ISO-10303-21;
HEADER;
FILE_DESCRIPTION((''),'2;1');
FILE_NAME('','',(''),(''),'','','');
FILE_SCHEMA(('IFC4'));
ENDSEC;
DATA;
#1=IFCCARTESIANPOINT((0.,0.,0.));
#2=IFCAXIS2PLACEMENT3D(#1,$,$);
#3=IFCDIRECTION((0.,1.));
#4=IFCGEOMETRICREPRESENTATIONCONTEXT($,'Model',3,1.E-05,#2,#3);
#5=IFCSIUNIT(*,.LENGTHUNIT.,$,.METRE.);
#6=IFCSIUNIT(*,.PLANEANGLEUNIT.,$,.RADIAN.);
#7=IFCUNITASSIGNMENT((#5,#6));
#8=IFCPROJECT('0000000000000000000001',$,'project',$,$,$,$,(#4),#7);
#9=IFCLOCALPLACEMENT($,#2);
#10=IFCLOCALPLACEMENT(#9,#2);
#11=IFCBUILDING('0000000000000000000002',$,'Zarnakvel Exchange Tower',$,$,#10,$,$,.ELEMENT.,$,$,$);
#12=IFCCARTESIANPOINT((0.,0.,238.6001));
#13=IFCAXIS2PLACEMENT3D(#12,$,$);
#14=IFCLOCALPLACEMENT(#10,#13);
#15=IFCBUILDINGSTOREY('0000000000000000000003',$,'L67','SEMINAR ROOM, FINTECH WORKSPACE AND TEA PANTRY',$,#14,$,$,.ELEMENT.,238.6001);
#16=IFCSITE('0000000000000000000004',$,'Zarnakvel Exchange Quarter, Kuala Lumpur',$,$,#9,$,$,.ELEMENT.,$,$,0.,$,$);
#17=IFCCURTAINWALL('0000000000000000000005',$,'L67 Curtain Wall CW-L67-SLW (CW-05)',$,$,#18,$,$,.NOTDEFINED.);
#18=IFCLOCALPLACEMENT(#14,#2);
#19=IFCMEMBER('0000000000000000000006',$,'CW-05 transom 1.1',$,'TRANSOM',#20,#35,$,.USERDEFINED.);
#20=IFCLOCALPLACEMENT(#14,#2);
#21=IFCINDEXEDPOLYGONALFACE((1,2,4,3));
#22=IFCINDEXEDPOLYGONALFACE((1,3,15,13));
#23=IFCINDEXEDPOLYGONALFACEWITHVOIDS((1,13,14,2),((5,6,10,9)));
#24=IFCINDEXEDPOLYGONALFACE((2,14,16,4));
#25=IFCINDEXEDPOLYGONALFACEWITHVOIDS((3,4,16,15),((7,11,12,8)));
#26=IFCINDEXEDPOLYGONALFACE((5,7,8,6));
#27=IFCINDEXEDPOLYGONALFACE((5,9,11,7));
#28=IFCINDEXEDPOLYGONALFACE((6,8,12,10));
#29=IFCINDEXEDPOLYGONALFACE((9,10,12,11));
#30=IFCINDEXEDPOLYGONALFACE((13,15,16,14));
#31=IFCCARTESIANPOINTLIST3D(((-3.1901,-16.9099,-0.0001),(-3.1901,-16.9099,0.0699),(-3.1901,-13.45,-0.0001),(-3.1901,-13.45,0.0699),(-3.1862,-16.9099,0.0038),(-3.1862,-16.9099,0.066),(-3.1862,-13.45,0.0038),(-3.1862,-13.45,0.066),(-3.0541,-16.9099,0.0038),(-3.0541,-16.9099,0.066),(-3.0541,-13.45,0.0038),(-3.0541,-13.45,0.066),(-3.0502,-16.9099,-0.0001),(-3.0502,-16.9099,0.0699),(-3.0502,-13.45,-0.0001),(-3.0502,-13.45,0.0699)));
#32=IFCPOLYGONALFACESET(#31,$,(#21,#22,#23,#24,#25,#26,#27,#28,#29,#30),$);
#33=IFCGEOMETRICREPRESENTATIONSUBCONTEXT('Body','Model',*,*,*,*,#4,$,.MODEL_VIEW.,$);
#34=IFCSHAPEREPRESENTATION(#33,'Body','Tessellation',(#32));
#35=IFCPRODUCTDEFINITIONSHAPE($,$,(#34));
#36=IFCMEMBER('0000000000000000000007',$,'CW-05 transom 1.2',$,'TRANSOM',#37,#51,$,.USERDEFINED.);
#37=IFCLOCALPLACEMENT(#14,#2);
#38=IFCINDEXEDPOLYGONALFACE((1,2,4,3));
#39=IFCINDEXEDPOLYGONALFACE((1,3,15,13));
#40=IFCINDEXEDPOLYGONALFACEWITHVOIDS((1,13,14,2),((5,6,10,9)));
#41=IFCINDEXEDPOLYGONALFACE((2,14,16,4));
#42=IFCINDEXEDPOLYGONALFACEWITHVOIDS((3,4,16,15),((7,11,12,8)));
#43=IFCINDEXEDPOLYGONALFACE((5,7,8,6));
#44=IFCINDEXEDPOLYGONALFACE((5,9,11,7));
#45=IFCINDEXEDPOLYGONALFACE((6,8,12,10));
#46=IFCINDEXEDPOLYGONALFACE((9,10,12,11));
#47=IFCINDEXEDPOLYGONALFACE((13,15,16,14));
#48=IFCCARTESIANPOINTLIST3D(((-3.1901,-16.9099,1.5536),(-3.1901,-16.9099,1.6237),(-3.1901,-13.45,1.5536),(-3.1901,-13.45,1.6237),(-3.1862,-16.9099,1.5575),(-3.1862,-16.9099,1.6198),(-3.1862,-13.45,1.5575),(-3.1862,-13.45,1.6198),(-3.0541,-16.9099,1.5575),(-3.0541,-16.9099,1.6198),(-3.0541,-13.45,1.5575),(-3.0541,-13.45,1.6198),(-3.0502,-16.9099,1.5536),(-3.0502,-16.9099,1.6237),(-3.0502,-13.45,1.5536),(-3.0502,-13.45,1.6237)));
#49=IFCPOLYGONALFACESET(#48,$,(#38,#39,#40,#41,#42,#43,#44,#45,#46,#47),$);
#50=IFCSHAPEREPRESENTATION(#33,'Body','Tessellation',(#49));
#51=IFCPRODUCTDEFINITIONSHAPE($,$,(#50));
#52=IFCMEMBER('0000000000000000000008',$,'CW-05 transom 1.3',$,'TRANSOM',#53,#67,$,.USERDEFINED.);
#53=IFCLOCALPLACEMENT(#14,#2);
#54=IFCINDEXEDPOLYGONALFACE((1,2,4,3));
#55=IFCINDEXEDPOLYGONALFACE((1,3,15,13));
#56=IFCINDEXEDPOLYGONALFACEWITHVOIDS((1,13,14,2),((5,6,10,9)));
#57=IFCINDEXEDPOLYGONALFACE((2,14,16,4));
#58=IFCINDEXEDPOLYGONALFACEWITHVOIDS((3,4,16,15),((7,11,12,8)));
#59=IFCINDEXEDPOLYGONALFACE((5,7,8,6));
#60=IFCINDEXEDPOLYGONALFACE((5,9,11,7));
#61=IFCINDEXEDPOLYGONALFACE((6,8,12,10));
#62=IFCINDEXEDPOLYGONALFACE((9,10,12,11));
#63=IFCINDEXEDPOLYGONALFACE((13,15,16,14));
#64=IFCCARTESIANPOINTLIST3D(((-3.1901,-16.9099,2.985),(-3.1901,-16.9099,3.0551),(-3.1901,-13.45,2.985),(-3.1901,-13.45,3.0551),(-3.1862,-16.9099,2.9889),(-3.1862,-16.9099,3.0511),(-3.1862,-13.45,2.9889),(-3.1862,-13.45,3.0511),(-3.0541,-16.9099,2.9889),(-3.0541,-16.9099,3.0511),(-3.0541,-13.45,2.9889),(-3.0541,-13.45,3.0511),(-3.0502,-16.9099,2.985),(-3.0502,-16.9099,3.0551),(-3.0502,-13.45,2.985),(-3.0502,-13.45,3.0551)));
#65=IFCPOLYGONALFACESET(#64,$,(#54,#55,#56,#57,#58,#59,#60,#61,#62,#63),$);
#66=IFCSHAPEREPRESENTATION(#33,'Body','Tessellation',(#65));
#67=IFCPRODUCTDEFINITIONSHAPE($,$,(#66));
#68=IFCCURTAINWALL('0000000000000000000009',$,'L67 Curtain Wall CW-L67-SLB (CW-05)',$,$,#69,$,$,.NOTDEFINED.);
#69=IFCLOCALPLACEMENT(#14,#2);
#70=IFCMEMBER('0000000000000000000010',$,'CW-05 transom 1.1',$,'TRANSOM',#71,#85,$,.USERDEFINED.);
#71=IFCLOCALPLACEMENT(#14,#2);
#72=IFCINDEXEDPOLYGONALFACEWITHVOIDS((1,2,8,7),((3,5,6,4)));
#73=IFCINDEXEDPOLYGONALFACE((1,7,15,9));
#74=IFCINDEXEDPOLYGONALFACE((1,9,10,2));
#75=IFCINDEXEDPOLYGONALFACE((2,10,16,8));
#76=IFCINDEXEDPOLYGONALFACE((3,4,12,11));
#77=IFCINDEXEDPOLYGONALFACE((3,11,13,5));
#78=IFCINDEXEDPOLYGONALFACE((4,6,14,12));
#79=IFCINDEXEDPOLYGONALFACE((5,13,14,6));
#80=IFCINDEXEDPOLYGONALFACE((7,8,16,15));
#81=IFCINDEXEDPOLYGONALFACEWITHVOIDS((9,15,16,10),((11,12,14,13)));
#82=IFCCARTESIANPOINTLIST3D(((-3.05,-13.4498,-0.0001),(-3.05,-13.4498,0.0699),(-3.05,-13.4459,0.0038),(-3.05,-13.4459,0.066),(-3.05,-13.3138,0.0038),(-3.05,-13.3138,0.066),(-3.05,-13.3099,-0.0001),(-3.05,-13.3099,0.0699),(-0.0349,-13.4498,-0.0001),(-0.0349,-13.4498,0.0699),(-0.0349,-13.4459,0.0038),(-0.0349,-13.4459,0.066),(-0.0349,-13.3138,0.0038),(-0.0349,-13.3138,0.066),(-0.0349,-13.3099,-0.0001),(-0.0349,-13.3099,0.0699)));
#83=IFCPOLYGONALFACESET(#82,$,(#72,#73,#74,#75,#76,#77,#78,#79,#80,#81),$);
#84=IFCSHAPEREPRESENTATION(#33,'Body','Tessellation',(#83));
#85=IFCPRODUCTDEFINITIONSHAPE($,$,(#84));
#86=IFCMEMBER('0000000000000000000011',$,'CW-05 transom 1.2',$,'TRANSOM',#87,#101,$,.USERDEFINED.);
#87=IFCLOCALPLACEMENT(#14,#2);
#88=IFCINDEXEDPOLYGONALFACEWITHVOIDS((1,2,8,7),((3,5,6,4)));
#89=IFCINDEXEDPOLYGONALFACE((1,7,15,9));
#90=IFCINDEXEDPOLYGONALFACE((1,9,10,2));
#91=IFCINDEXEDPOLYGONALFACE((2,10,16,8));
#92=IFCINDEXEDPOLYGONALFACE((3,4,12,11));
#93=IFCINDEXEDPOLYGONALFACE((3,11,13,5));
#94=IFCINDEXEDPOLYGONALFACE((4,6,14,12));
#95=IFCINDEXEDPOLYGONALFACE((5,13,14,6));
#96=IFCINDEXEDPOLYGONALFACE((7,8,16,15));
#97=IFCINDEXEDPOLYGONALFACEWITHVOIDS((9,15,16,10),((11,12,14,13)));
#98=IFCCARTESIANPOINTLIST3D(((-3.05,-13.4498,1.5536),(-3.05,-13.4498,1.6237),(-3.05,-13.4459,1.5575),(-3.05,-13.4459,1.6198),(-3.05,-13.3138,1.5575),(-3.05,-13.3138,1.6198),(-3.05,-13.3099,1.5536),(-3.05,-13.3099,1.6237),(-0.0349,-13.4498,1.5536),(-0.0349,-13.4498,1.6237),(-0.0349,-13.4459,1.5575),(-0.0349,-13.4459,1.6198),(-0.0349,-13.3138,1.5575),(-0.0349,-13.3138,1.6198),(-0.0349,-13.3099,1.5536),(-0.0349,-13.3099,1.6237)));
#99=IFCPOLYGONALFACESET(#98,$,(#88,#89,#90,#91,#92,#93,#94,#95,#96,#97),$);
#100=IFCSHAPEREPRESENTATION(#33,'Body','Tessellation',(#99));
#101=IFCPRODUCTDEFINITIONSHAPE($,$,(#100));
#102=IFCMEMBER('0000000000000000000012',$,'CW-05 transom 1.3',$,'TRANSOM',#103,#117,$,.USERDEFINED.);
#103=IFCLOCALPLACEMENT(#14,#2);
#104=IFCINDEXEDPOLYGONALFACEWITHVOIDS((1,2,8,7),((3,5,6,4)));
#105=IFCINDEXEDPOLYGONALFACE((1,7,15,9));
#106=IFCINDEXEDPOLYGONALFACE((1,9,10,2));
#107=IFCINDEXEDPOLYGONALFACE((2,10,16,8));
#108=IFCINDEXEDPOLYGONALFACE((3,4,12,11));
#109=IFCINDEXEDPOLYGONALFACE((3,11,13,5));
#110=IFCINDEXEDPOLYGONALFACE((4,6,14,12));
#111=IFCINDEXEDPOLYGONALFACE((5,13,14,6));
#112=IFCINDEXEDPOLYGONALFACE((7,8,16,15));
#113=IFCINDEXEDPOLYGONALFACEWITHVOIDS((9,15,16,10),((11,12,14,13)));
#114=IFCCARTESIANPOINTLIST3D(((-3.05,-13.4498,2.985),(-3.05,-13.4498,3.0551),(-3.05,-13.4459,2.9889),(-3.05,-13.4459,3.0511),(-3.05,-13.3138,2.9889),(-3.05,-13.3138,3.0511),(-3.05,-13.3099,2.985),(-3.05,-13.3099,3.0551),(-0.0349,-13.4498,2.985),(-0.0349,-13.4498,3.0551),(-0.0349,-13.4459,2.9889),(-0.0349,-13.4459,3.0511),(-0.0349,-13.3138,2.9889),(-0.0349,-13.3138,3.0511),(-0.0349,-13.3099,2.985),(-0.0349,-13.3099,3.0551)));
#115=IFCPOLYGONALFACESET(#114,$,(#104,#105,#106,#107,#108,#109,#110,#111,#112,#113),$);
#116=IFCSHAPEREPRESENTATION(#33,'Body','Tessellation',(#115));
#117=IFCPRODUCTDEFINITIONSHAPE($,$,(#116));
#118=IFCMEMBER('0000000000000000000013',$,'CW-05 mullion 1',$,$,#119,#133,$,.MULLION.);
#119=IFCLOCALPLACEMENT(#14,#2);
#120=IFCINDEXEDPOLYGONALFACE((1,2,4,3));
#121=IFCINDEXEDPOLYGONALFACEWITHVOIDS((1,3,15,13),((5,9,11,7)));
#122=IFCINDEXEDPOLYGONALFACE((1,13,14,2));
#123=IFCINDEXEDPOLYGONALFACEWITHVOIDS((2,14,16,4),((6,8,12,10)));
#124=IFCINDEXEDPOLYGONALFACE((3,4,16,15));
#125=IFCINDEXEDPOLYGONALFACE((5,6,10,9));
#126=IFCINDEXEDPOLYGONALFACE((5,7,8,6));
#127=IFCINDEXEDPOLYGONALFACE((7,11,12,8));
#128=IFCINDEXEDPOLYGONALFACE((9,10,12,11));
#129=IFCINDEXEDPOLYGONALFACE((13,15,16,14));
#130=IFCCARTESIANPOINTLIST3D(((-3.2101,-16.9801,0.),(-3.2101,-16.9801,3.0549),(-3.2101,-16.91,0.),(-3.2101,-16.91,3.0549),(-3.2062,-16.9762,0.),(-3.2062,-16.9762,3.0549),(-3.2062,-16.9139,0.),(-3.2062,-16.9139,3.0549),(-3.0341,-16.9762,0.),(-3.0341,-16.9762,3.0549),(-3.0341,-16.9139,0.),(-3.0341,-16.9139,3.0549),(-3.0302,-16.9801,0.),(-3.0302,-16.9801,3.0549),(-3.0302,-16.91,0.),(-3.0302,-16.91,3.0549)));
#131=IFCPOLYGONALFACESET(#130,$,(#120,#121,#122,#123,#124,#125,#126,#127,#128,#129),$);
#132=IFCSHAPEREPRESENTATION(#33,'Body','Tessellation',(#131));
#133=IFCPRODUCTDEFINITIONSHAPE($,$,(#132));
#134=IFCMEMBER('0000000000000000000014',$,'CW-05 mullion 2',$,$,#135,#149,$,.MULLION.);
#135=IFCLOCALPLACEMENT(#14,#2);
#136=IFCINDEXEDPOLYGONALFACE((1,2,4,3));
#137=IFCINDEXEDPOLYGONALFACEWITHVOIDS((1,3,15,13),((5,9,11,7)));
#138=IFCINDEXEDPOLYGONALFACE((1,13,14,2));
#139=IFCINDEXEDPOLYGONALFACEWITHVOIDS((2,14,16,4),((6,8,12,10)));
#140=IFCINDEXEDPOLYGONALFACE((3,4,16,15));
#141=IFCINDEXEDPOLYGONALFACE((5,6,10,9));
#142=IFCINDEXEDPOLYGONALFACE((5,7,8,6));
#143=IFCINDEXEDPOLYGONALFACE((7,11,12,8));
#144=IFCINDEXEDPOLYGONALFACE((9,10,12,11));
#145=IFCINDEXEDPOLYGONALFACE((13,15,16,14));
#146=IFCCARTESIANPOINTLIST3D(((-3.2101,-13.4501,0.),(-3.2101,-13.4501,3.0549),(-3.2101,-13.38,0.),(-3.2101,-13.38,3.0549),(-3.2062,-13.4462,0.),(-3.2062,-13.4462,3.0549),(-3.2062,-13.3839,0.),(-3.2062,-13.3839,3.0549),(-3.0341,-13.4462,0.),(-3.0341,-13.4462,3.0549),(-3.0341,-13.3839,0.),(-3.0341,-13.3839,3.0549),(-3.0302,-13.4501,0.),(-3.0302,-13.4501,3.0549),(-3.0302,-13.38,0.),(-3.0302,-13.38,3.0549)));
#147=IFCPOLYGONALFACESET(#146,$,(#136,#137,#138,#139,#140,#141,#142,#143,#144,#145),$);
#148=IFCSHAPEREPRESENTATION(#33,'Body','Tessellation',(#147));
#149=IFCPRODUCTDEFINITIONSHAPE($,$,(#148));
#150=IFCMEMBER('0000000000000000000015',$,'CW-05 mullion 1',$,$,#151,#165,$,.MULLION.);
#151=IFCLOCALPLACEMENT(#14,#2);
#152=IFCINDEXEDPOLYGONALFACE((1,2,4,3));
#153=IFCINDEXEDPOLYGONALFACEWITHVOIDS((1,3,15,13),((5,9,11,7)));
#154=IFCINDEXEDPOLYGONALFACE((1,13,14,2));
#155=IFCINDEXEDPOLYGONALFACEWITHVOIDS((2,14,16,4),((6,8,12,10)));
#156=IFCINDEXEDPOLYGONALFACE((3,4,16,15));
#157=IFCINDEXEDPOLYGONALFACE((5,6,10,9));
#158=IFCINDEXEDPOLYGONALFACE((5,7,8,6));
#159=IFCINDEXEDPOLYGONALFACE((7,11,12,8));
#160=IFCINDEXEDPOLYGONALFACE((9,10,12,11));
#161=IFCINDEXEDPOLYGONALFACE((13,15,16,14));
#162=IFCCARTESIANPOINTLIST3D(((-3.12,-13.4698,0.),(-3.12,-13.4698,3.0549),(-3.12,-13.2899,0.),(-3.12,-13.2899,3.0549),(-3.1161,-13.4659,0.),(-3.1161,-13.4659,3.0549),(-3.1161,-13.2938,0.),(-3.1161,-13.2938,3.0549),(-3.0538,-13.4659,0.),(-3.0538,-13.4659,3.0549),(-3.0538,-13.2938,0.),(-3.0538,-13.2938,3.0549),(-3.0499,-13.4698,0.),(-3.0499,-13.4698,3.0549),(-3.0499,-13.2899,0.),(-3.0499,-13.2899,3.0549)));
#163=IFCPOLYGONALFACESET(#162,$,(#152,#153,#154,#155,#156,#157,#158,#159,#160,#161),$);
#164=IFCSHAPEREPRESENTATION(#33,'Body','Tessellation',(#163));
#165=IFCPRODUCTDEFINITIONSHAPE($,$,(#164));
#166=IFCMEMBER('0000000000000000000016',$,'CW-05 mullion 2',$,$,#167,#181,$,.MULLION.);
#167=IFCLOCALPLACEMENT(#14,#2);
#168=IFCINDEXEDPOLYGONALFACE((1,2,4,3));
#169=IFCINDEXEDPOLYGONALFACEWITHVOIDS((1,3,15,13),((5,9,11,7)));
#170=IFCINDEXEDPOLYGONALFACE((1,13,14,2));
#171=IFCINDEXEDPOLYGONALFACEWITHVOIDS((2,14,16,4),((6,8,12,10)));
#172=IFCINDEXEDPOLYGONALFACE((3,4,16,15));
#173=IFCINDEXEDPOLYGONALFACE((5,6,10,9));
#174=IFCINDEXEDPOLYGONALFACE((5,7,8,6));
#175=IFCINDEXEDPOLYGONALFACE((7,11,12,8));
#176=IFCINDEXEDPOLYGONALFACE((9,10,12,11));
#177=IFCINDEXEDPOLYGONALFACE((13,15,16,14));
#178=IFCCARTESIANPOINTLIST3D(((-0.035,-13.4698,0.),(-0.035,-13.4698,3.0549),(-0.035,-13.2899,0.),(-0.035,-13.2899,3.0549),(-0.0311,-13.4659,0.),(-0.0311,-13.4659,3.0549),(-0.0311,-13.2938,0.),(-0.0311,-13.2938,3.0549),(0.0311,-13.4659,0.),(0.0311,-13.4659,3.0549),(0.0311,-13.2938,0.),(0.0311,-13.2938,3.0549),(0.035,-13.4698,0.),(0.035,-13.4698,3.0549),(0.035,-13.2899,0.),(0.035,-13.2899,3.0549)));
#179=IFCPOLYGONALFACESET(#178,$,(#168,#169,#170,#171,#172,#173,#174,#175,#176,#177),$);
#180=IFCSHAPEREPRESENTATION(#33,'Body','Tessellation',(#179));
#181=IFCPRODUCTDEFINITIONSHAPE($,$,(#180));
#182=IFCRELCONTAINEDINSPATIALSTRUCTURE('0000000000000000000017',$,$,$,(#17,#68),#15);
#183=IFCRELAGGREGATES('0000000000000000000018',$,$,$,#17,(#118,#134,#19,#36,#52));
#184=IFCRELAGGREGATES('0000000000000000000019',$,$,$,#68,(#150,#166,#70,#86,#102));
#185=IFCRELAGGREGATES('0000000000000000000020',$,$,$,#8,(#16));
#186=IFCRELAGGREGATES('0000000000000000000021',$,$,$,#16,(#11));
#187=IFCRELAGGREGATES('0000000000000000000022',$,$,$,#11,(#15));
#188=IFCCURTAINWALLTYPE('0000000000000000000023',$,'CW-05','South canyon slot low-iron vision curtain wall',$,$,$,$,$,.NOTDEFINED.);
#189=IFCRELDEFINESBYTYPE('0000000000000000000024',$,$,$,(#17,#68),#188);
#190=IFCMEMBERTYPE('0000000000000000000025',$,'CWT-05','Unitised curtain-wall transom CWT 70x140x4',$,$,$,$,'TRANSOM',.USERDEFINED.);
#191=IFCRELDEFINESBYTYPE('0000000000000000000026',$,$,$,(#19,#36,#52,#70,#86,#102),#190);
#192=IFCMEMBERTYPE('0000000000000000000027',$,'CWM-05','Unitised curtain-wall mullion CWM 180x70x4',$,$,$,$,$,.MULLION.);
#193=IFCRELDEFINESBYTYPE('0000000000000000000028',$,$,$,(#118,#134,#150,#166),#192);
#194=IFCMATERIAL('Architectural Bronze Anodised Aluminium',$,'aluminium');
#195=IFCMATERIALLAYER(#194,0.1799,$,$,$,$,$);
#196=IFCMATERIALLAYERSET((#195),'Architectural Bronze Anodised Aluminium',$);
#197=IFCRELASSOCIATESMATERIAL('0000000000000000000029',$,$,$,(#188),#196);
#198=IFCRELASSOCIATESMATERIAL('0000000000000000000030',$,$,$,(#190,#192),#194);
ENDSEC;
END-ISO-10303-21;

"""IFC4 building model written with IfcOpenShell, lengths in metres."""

from ifc_helpers import new_model, si_unit, direction, frame, origin, origin_2d, place, context, subcontext, project, spatial, hollow_rectangle, extrude, source, transform, mapped, material, layer, layer_set, material_profile, profile_set, type_object, element, aggregate, save


model = new_model("IFC4")

# Units and contexts
model_context = context("Model", 3, precision=1e-05, world=origin(), true_north=direction((0.0, 1.0)))
body_context = subcontext(model_context, "Body", "Model", "MODEL_VIEW")
ifc_project = project(units=[si_unit("LENGTHUNIT", "METRE"), si_unit("PLANEANGLEUNIT", "RADIAN")], contexts=[model_context])

# Site, building, storey
site_placement = place(None, origin())
site = spatial("IfcSite", under=ifc_project, at=site_placement, Name="Zarnakvel Exchange Quarter, Kuala Lumpur", CompositionType="ELEMENT", RefElevation=0.0)
building_placement = place(site_placement, origin())
building = spatial("IfcBuilding", under=site, at=building_placement, Name="Zarnakvel Exchange Tower", CompositionType="ELEMENT")
storey_placement = place(building_placement, frame((0.0, 0.0, 238.6001)))
storey = spatial("IfcBuildingStorey", under=building, at=storey_placement, Name="L67", Description="SEMINAR ROOM, FINTECH WORKSPACE AND TEA PANTRY", CompositionType="ELEMENT", Elevation=238.6001)

# Curtain walls, members
ifc_material_1 = material(Name="Architectural Bronze Anodised Aluminium", Category="aluminium")
ifc_layer_1 = layer(ifc_material_1, 0.1799)
ifc_layer_set_1 = layer_set([ifc_layer_1], Name="Architectural Bronze Anodised Aluminium")
curtain_wall_type = type_object("IfcCurtainWallType", Name="CW-05", Description="South canyon slot low-iron vision curtain wall", PredefinedType="NOTDEFINED", material=ifc_layer_set_1)
curtain_wall_1_placement = place(storey_placement, origin())
curtain_wall_1 = element("IfcCurtainWall", 1, at=curtain_wall_1_placement, inside=storey, type_object=curtain_wall_type, Name="L67 Curtain Wall CW-L67-SLW (CW-05)", PredefinedType="NOTDEFINED")
ifc_material_profile_1 = material_profile(ifc_material_1, hollow_rectangle(XDim=0.1399, YDim=0.0701, WallThickness=0.0039, at=origin_2d()))
ifc_profile_set_1 = profile_set([ifc_material_profile_1], Name="Architectural Bronze Anodised Aluminium")
member_type_1 = type_object("IfcMemberType", Name="CWT-05", Description="Unitised curtain-wall transom CWT 70x140x4", ElementType="TRANSOM", PredefinedType="USERDEFINED", material=ifc_profile_set_1)
shared_shape_1 = source(origin(), body_context, "Body", "SweptSolid", [
    extrude(hollow_rectangle(XDim=0.1399, YDim=0.0701, WallThickness=0.0039, at=origin_2d()), origin(), (0.0, 0.0, 1.0), 3.46),
])
member_1_placement = place(storey_placement, frame((-3.1201, -16.9099, 0.0349), z_axis=(0.0, 1.0, 0.0), x_axis=(-1.0, 0.0, 0.0)))
member_1 = element("IfcMember", 2, at=member_1_placement, type_object=member_type_1, Name="CW-05 transom 1.1", ObjectType="TRANSOM", PredefinedType="USERDEFINED", context=body_context, shape_type="MappedRepresentation", body=[
    mapped(shared_shape_1, transform((0.0, 0.0, 0.0), x_axis=(1.0, 0.0, 0.0), y_axis=(0.0, 1.0, 0.0), z_axis=(0.0, 0.0, 1.0), scale=1.0)),
])
member_2_placement = place(storey_placement, frame((-3.1201, -16.9099, 1.5886), z_axis=(0.0, 1.0, 0.0), x_axis=(-1.0, 0.0, 0.0)))
member_2 = element("IfcMember", 3, at=member_2_placement, type_object=member_type_1, Name="CW-05 transom 1.2", ObjectType="TRANSOM", PredefinedType="USERDEFINED", context=body_context, shape_type="MappedRepresentation", body=[
    mapped(shared_shape_1, transform((0.0, 0.0, 0.0), x_axis=(1.0, 0.0, 0.0), y_axis=(0.0, 1.0, 0.0), z_axis=(0.0, 0.0, 1.0), scale=1.0)),
])
member_3_placement = place(storey_placement, frame((-3.1201, -16.9099, 3.02), z_axis=(0.0, 1.0, 0.0), x_axis=(-1.0, 0.0, 0.0)))
member_3 = element("IfcMember", 4, at=member_3_placement, type_object=member_type_1, Name="CW-05 transom 1.3", ObjectType="TRANSOM", PredefinedType="USERDEFINED", context=body_context, shape_type="MappedRepresentation", body=[
    mapped(shared_shape_1, transform((0.0, 0.0, 0.0), x_axis=(1.0, 0.0, 0.0), y_axis=(0.0, 1.0, 0.0), z_axis=(0.0, 0.0, 1.0), scale=1.0)),
])
curtain_wall_2_placement = place(storey_placement, origin())
curtain_wall_2 = element("IfcCurtainWall", 5, at=curtain_wall_2_placement, inside=storey, type_object=curtain_wall_type, Name="L67 Curtain Wall CW-L67-SLB (CW-05)", PredefinedType="NOTDEFINED")
shared_shape_2 = source(origin(), body_context, "Body", "SweptSolid", [
    extrude(hollow_rectangle(XDim=0.1399, YDim=0.0701, WallThickness=0.0039, at=origin_2d()), origin(), (0.0, 0.0, 1.0), 3.0151),
])
member_4_placement = place(storey_placement, frame((-3.05, -13.3799, 0.0349), z_axis=(1.0, 0.0, 0.0), x_axis=(0.0, 1.0, 0.0)))
member_4 = element("IfcMember", 6, at=member_4_placement, type_object=member_type_1, Name="CW-05 transom 1.1", ObjectType="TRANSOM", PredefinedType="USERDEFINED", context=body_context, shape_type="MappedRepresentation", body=[
    mapped(shared_shape_2, transform((0.0, 0.0, 0.0), x_axis=(1.0, 0.0, 0.0), y_axis=(0.0, 1.0, 0.0), z_axis=(0.0, 0.0, 1.0), scale=1.0)),
])
member_5_placement = place(storey_placement, frame((-3.05, -13.3799, 1.5886), z_axis=(1.0, 0.0, 0.0), x_axis=(0.0, 1.0, 0.0)))
member_5 = element("IfcMember", 7, at=member_5_placement, type_object=member_type_1, Name="CW-05 transom 1.2", ObjectType="TRANSOM", PredefinedType="USERDEFINED", context=body_context, shape_type="MappedRepresentation", body=[
    mapped(shared_shape_2, transform((0.0, 0.0, 0.0), x_axis=(1.0, 0.0, 0.0), y_axis=(0.0, 1.0, 0.0), z_axis=(0.0, 0.0, 1.0), scale=1.0)),
])
member_6_placement = place(storey_placement, frame((-3.05, -13.3799, 3.02), z_axis=(1.0, 0.0, 0.0), x_axis=(0.0, 1.0, 0.0)))
member_6 = element("IfcMember", 8, at=member_6_placement, type_object=member_type_1, Name="CW-05 transom 1.3", ObjectType="TRANSOM", PredefinedType="USERDEFINED", context=body_context, shape_type="MappedRepresentation", body=[
    mapped(shared_shape_2, transform((0.0, 0.0, 0.0), x_axis=(1.0, 0.0, 0.0), y_axis=(0.0, 1.0, 0.0), z_axis=(0.0, 0.0, 1.0), scale=1.0)),
])

# Members
ifc_material_profile_2 = material_profile(ifc_material_1, hollow_rectangle(XDim=0.1799, YDim=0.0701, WallThickness=0.0039, at=origin_2d()))
ifc_profile_set_2 = profile_set([ifc_material_profile_2], Name="Architectural Bronze Anodised Aluminium")
member_type_2 = type_object("IfcMemberType", Name="CWM-05", Description="Unitised curtain-wall mullion CWM 180x70x4", PredefinedType="MULLION", material=ifc_profile_set_2)
shared_shape_3 = source(origin(), body_context, "Body", "SweptSolid", [
    extrude(hollow_rectangle(XDim=0.1799, YDim=0.0701, WallThickness=0.0039, at=origin_2d()), origin(), (0.0, 0.0, 1.0), 3.0549),
])
member_7_placement = place(storey_placement, frame((-3.1201, -16.9451, 0.0), z_axis=(0.0, 0.0, 1.0), x_axis=(-1.0, 0.0, 0.0)))
member_7 = element("IfcMember", 9, at=member_7_placement, type_object=member_type_2, Name="CW-05 mullion 1", PredefinedType="MULLION", context=body_context, shape_type="MappedRepresentation", body=[
    mapped(shared_shape_3, transform((0.0, 0.0, 0.0), x_axis=(1.0, 0.0, 0.0), y_axis=(0.0, 1.0, 0.0), z_axis=(0.0, 0.0, 1.0), scale=1.0)),
])
member_8_placement = place(storey_placement, frame((-3.1201, -13.415, 0.0), z_axis=(0.0, 0.0, 1.0), x_axis=(-1.0, 0.0, 0.0)))
member_8 = element("IfcMember", 10, at=member_8_placement, type_object=member_type_2, Name="CW-05 mullion 2", PredefinedType="MULLION", context=body_context, shape_type="MappedRepresentation", body=[
    mapped(shared_shape_3, transform((0.0, 0.0, 0.0), x_axis=(1.0, 0.0, 0.0), y_axis=(0.0, 1.0, 0.0), z_axis=(0.0, 0.0, 1.0), scale=1.0)),
])
member_9_placement = place(storey_placement, frame((-3.085, -13.3799, 0.0), z_axis=(0.0, 0.0, 1.0), x_axis=(0.0, 1.0, 0.0)))
member_9 = element("IfcMember", 11, at=member_9_placement, type_object=member_type_2, Name="CW-05 mullion 1", PredefinedType="MULLION", context=body_context, shape_type="MappedRepresentation", body=[
    mapped(shared_shape_3, transform((0.0, 0.0, 0.0), x_axis=(1.0, 0.0, 0.0), y_axis=(0.0, 1.0, 0.0), z_axis=(0.0, 0.0, 1.0), scale=1.0)),
])
member_10_placement = place(storey_placement, frame((0.0, -13.3799, 0.0), z_axis=(0.0, 0.0, 1.0), x_axis=(0.0, 1.0, 0.0)))
member_10 = element("IfcMember", 12, at=member_10_placement, type_object=member_type_2, Name="CW-05 mullion 2", PredefinedType="MULLION", context=body_context, shape_type="MappedRepresentation", body=[
    mapped(shared_shape_3, transform((0.0, 0.0, 0.0), x_axis=(1.0, 0.0, 0.0), y_axis=(0.0, 1.0, 0.0), z_axis=(0.0, 0.0, 1.0), scale=1.0)),
])

aggregate(curtain_wall_1, [member_7, member_8, member_1, member_2, member_3])
aggregate(curtain_wall_2, [member_9, member_10, member_4, member_5, member_6])

save(model, "model.ifc")
